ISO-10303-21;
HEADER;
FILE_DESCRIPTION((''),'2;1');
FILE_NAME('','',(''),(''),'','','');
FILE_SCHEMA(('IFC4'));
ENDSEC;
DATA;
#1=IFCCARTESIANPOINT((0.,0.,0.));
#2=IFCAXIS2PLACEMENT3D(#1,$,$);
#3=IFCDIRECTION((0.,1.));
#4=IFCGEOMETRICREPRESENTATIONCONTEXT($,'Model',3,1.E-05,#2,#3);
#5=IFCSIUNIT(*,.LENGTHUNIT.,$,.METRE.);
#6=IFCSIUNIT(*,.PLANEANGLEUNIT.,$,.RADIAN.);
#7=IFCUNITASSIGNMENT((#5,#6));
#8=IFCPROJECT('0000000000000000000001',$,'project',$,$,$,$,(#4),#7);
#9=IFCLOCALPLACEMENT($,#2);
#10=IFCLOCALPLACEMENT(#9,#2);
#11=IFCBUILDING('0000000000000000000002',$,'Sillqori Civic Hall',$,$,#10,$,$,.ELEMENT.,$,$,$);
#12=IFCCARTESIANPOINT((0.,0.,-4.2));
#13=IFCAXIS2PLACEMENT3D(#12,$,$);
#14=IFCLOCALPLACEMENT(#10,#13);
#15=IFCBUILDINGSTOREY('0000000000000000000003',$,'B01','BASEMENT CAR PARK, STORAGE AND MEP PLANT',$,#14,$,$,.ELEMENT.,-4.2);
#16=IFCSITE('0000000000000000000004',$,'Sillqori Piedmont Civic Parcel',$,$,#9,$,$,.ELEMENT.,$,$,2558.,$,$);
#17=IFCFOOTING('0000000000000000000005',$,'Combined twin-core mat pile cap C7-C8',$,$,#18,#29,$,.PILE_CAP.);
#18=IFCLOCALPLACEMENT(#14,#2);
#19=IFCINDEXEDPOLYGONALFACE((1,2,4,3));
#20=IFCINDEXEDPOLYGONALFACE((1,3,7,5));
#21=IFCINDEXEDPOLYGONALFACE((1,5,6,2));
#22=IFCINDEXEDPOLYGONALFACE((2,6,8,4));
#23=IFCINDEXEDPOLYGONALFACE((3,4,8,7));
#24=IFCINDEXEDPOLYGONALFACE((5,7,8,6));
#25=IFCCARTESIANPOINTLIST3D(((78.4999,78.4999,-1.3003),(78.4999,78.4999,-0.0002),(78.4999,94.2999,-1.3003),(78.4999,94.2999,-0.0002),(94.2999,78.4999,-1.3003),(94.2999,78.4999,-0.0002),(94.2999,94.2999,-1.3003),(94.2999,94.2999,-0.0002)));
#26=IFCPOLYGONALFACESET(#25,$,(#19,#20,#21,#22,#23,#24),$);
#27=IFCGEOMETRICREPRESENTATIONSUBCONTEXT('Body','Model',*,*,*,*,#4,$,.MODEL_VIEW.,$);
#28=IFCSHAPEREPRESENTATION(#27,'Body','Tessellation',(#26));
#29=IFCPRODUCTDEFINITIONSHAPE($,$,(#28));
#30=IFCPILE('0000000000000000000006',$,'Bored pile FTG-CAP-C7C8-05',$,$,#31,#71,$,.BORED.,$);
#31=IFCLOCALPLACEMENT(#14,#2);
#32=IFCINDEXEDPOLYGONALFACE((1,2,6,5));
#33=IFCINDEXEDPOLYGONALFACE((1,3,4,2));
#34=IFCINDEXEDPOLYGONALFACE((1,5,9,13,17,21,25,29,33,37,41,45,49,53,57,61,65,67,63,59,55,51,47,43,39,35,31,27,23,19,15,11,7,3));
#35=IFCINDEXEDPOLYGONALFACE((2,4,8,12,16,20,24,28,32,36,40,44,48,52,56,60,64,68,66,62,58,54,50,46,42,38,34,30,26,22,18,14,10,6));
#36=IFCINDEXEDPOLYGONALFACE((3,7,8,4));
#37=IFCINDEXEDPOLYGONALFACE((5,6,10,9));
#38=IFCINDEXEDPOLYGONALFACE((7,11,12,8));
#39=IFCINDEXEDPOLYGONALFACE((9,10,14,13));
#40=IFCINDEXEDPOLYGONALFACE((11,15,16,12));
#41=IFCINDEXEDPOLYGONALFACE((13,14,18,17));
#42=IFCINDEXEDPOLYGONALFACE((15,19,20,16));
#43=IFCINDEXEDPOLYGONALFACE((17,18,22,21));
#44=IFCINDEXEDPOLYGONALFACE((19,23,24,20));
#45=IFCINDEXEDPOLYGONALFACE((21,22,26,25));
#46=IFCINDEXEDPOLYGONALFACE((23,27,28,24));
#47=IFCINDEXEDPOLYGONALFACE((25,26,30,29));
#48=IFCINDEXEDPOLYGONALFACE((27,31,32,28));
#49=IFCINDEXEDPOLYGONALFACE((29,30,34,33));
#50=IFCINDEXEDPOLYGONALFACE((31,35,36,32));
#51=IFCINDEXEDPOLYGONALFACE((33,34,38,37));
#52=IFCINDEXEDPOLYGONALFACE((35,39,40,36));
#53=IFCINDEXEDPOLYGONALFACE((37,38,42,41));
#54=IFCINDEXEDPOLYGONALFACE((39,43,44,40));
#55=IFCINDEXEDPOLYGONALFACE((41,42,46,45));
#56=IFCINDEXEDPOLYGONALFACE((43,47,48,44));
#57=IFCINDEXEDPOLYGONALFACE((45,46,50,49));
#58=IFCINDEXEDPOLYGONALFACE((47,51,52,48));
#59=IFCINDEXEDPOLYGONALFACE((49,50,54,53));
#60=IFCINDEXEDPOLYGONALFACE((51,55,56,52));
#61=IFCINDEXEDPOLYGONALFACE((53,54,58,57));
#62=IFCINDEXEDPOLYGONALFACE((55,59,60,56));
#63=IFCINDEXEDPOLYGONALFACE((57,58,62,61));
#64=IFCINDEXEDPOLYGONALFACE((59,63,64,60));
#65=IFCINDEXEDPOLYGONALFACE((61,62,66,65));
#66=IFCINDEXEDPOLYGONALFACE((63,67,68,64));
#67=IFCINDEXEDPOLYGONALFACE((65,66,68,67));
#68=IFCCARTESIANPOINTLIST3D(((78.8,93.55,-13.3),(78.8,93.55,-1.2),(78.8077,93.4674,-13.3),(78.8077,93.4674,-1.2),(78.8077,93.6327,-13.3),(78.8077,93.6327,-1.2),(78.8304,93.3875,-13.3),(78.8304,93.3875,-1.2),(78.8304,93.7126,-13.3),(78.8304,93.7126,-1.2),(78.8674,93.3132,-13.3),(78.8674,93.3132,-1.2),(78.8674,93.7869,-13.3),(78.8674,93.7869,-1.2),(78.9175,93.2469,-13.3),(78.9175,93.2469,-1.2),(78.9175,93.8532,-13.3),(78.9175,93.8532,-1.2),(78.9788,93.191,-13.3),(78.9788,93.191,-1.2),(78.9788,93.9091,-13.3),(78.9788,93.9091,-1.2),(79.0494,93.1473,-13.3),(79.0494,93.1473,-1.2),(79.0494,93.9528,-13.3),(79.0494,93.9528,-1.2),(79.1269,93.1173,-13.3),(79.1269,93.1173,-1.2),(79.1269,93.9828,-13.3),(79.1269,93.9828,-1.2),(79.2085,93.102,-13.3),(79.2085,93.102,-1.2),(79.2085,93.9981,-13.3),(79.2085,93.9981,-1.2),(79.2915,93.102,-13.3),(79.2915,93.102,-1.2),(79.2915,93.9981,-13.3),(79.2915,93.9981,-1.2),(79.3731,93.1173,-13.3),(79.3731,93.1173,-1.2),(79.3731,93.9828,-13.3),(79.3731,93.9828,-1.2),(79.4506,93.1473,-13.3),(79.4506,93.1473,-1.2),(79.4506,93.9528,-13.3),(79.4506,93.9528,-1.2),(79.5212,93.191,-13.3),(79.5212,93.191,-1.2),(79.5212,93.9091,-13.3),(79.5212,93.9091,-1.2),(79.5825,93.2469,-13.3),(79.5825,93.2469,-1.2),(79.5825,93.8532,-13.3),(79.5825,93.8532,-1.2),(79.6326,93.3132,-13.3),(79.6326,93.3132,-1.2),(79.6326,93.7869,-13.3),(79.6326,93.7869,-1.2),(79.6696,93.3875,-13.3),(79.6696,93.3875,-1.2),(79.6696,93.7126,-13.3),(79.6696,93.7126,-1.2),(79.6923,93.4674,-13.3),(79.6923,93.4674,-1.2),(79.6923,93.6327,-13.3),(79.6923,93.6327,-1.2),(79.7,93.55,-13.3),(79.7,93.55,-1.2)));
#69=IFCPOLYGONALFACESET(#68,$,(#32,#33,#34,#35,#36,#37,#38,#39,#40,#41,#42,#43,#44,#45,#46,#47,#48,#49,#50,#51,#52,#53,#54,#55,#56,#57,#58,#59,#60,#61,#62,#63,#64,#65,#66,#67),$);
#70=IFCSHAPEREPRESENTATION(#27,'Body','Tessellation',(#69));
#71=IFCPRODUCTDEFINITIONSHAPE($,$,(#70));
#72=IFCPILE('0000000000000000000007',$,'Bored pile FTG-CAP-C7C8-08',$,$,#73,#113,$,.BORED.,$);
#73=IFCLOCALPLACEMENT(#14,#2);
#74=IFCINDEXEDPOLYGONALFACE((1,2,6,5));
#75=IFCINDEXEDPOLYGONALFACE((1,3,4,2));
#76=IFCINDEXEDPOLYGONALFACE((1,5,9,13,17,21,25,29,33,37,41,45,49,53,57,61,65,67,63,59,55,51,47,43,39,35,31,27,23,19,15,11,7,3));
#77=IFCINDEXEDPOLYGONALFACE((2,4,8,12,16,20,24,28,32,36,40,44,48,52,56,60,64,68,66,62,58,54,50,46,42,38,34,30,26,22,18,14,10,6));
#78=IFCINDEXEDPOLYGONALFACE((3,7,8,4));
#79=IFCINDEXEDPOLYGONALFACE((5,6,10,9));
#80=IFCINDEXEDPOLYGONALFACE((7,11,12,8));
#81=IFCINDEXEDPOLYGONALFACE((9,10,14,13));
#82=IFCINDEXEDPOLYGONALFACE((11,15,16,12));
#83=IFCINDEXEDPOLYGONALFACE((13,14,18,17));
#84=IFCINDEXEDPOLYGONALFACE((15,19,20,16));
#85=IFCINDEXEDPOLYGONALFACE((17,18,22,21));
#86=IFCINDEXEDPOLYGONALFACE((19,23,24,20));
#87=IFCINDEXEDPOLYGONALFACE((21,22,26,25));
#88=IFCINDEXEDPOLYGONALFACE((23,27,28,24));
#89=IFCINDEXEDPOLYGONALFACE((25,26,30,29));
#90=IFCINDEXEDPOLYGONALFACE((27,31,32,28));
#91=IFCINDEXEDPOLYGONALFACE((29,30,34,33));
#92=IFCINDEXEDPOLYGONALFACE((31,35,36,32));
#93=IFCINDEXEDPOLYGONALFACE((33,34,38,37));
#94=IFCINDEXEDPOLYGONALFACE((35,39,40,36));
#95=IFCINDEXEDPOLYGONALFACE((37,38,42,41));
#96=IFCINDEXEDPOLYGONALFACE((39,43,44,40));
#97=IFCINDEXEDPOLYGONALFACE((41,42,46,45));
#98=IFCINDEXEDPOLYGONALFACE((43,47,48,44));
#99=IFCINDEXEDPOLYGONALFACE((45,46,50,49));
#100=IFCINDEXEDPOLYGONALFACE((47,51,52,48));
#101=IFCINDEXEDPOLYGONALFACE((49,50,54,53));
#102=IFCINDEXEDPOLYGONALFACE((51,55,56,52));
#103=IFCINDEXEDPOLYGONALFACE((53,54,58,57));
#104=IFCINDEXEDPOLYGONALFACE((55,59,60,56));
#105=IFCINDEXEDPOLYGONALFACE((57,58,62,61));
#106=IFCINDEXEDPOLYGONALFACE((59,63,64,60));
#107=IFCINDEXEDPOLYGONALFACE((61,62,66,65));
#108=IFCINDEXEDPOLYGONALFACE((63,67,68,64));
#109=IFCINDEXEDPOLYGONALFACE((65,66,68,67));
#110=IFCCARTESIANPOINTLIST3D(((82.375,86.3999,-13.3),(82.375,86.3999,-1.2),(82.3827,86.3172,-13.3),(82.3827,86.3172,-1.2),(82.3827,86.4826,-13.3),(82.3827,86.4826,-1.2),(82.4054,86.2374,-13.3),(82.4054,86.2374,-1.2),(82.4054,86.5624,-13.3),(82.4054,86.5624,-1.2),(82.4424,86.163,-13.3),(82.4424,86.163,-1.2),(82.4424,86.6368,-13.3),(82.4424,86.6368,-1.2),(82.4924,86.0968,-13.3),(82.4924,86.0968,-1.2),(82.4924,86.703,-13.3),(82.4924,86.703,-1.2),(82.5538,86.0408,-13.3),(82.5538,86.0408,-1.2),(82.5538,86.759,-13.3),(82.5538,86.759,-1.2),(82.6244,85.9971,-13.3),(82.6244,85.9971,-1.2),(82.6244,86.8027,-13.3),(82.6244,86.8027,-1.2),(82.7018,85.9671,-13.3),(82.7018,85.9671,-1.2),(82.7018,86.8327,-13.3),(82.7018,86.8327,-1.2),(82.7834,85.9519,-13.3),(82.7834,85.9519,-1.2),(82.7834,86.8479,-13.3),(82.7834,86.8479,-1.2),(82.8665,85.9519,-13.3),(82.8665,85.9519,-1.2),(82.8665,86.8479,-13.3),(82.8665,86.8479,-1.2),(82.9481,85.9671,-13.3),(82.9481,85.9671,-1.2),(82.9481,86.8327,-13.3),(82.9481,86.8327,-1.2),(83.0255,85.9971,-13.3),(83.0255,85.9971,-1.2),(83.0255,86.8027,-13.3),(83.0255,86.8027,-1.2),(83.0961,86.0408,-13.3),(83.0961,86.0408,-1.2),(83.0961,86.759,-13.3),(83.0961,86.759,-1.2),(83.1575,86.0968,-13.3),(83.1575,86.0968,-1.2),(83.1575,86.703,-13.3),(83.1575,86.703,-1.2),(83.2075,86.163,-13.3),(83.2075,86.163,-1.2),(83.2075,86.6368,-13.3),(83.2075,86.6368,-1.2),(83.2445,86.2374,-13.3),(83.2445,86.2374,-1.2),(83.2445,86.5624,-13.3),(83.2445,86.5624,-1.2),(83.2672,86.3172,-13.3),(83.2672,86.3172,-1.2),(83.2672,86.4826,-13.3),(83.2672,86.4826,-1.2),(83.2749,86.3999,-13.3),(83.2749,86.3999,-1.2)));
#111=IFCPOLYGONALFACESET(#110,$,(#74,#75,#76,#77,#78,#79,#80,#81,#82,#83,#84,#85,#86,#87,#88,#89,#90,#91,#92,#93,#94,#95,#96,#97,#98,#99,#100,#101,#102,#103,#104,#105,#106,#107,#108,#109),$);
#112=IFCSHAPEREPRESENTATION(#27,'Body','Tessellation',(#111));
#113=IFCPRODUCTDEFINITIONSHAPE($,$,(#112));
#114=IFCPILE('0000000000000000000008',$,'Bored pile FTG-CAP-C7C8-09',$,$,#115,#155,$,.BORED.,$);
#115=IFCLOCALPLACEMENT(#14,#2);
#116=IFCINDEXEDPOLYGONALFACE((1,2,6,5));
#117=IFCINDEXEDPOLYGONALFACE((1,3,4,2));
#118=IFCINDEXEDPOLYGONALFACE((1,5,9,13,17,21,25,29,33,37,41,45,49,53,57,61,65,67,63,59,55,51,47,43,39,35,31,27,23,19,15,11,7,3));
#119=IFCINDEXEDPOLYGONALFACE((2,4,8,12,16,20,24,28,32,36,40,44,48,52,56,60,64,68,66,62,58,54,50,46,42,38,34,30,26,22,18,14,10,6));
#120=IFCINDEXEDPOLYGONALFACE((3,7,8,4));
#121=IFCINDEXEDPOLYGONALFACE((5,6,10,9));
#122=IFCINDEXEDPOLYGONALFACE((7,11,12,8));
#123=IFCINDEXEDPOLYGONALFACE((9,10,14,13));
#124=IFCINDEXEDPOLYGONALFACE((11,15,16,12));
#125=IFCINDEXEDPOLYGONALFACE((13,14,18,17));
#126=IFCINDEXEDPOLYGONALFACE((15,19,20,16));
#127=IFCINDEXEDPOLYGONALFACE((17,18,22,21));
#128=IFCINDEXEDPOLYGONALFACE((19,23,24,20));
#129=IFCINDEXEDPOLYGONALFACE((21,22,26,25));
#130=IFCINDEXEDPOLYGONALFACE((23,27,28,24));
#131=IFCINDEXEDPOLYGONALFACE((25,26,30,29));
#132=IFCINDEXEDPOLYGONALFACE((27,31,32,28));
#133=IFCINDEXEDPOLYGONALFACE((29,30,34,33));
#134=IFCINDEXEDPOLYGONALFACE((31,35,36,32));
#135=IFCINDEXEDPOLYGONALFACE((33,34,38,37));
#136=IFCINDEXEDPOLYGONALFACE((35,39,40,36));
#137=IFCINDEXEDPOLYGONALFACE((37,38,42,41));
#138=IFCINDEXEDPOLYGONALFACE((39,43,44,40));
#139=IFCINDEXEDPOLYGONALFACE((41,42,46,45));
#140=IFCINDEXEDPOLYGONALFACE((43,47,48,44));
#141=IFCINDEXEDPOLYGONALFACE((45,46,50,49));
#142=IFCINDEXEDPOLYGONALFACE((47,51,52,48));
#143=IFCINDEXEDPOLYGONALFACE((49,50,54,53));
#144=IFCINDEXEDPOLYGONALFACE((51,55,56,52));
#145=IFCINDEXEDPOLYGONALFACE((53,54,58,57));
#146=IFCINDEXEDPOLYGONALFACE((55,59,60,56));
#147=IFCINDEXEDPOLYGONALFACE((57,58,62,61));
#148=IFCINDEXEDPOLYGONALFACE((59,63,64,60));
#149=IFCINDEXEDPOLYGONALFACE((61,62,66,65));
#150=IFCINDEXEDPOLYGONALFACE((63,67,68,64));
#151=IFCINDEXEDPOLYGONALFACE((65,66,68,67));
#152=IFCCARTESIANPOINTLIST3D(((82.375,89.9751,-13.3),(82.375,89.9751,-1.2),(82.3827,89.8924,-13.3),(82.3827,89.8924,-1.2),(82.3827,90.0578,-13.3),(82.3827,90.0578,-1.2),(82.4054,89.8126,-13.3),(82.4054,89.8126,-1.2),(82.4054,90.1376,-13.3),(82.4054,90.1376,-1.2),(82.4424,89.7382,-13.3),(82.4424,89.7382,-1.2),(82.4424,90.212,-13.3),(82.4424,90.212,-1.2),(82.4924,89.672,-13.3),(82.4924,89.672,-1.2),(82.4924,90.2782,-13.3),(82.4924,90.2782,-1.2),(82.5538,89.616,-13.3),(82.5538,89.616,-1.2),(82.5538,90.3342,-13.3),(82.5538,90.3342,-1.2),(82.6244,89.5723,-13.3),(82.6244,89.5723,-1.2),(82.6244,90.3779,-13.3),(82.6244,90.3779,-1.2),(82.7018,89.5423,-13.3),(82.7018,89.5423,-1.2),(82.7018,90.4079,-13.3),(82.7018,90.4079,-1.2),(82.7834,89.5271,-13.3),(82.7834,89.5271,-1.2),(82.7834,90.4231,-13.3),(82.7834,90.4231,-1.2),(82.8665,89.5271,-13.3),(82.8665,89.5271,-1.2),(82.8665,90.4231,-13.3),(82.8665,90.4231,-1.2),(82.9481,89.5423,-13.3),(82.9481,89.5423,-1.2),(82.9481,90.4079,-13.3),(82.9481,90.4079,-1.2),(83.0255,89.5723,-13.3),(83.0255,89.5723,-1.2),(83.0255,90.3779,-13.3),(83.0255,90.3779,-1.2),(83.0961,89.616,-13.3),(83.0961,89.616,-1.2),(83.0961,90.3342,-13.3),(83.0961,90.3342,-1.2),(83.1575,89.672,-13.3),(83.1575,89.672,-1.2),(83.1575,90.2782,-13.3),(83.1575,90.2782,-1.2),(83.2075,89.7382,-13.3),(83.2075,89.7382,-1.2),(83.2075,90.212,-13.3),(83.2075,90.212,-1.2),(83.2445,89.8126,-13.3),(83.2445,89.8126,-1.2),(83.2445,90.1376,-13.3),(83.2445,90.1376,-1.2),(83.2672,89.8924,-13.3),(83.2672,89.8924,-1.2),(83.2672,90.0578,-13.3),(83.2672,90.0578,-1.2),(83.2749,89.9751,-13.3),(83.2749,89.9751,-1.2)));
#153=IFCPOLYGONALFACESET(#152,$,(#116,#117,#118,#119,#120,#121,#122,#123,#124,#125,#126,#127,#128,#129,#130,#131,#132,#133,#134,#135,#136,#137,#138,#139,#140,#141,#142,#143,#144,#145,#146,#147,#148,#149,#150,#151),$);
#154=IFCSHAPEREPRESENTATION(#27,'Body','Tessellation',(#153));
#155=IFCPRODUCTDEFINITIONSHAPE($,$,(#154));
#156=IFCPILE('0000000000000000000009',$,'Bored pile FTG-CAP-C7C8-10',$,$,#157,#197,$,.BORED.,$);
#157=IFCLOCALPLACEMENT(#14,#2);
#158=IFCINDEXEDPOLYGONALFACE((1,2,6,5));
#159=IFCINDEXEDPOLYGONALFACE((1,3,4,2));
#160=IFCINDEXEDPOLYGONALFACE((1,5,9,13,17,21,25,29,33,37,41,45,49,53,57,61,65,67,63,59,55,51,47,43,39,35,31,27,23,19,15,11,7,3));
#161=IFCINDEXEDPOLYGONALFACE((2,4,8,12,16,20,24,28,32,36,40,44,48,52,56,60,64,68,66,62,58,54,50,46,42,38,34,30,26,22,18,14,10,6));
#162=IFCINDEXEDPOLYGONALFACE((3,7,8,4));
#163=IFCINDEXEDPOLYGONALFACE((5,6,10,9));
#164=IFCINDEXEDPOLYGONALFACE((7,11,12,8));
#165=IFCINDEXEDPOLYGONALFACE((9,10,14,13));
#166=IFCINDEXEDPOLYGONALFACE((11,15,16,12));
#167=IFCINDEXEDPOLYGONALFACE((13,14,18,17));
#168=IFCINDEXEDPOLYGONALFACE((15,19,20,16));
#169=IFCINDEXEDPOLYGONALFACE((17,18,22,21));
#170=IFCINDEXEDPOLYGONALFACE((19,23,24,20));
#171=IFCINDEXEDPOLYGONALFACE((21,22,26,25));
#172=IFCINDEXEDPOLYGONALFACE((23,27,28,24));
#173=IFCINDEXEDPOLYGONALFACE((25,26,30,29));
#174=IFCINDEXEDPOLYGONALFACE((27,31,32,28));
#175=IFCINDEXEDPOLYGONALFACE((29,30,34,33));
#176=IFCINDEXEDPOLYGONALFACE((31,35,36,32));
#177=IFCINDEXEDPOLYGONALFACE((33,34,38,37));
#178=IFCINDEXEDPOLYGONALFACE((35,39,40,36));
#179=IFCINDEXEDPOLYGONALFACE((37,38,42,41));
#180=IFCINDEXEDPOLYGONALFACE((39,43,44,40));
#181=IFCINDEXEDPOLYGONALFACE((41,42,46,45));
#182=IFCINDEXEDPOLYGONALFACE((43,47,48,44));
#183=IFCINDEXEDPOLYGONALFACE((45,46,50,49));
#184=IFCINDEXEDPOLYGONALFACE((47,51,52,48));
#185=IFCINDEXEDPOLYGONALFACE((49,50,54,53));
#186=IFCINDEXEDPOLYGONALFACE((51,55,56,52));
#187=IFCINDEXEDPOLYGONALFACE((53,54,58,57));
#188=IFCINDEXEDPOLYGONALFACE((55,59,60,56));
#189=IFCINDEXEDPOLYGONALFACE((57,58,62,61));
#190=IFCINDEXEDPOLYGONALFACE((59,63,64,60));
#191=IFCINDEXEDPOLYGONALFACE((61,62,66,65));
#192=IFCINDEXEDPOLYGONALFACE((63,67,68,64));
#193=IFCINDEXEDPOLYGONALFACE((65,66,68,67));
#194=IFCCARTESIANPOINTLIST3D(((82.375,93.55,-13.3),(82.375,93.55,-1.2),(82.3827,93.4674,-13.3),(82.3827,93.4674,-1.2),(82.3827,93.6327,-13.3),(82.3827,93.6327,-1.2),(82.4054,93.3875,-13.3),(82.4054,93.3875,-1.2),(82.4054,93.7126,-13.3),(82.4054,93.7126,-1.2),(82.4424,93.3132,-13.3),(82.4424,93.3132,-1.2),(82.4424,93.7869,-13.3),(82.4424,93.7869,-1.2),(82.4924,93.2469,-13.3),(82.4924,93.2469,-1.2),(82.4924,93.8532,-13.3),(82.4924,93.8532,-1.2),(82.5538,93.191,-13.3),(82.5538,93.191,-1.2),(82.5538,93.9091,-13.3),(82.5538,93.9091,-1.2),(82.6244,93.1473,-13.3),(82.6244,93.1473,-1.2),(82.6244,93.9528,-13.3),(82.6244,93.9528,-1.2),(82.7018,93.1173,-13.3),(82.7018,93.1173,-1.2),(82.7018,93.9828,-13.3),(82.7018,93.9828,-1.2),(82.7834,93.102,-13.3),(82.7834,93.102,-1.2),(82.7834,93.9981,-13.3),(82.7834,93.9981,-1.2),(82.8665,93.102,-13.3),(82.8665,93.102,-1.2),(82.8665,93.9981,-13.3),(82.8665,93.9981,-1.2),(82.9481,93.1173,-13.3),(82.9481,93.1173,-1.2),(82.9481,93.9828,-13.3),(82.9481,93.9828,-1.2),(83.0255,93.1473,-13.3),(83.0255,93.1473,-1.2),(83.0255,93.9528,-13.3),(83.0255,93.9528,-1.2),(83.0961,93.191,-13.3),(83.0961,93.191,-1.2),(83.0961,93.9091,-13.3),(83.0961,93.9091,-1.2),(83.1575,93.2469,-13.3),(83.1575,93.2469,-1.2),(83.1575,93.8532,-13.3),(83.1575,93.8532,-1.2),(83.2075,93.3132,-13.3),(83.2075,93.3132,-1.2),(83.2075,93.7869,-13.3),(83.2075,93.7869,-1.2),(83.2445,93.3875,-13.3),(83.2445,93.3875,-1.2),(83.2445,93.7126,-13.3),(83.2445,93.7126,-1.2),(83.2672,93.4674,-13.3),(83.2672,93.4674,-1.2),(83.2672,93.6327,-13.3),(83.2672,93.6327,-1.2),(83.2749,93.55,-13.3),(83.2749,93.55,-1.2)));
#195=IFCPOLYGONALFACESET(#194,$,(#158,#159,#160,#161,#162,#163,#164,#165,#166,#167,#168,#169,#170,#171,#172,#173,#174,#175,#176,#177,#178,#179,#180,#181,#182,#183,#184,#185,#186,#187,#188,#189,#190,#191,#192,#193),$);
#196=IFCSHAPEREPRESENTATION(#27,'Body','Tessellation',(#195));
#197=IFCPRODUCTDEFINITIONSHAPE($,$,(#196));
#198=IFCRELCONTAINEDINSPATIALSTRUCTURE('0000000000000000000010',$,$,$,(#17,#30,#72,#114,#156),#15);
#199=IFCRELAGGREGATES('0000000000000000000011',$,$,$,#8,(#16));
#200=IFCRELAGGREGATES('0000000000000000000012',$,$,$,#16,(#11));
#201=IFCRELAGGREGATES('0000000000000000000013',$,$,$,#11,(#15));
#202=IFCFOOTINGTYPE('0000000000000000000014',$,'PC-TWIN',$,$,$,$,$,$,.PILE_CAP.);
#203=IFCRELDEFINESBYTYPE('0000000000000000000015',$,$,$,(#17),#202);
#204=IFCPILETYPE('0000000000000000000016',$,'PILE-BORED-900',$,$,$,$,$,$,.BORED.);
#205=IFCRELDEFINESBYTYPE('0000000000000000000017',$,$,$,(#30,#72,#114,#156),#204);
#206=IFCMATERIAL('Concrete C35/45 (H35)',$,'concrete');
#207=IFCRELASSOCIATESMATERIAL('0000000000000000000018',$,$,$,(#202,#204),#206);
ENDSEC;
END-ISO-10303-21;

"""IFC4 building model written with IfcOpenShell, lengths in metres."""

from ifc_helpers import new_model, si_unit, direction, frame, origin, origin_2d, place, context, subcontext, project, spatial, rectangle, circle, extrude, material, material_profile, profile_set, type_object, element, save


model = new_model("IFC4")

# Units and contexts
model_context = context("Model", 3, precision=1e-05, world=origin(), true_north=direction((0.0, 1.0)))
body_context = subcontext(model_context, "Body", "Model", "MODEL_VIEW")
ifc_project = project(units=[si_unit("LENGTHUNIT", "METRE"), si_unit("PLANEANGLEUNIT", "RADIAN")], contexts=[model_context])

# Site, building, storey
site_placement = place(None, origin())
site = spatial("IfcSite", under=ifc_project, at=site_placement, Name="Sillqori Piedmont Civic Parcel", CompositionType="ELEMENT", RefElevation=2558.0)
building_placement = place(site_placement, origin())
building = spatial("IfcBuilding", under=site, at=building_placement, Name="Sillqori Civic Hall", CompositionType="ELEMENT")
storey_placement = place(building_placement, frame((0.0, 0.0, -4.2)))
storey = spatial("IfcBuildingStorey", under=building, at=storey_placement, Name="B01", Description="BASEMENT CAR PARK, STORAGE AND MEP PLANT", CompositionType="ELEMENT", Elevation=-4.2)

# Footing
ifc_material_1 = material(Name="Concrete C35/45 (H35)", Category="concrete")
footing_type = type_object("IfcFootingType", Name="PC-TWIN", PredefinedType="PILE_CAP", material=ifc_material_1)
footing_placement = place(storey_placement, frame((86.3999, 86.3999, -1.3003), z_axis=(0.0, 0.0, 1.0), x_axis=(1.0, 0.0, 0.0)))
element("IfcFooting", 1, at=footing_placement, inside=storey, type_object=footing_type, Name="Combined twin-core mat pile cap C7-C8", PredefinedType="PILE_CAP", context=body_context, shape_type="SweptSolid", body=[
    extrude(rectangle(XDim=15.8, YDim=15.8, at=origin_2d()), origin(), (0.0, 0.0, 1.0), 1.3),
])

# Piles
ifc_material_profile_1 = material_profile(ifc_material_1, circle(Radius=0.45, at=origin_2d()), Name="BORED PILE 900")
ifc_profile_set_1 = profile_set([ifc_material_profile_1], Name="Concrete C35/45 (H35)")
pile_type = type_object("IfcPileType", Name="PILE-BORED-900", PredefinedType="BORED", material=ifc_profile_set_1)
for number, where, z_axis, x_axis, name in (
    (2, (79.25, 93.55, -1.2), (0.0, 0.0, -1.0), (1.0, 0.0, 0.0), "Bored pile FTG-CAP-C7C8-05"),
    (3, (82.825, 86.3999, -1.2), (0.0, 0.0, -1.0), (1.0, 0.0, 0.0), "Bored pile FTG-CAP-C7C8-08"),
    (4, (82.825, 89.9751, -1.2), (0.0, 0.0, -1.0), (1.0, 0.0, 0.0), "Bored pile FTG-CAP-C7C8-09"),
    (5, (82.825, 93.55, -1.2), (0.0, 0.0, -1.0), (1.0, 0.0, 0.0), "Bored pile FTG-CAP-C7C8-10"),
):
    element("IfcPile", number, at=place(storey_placement, frame(where, z_axis=z_axis, x_axis=x_axis)), inside=storey, type_object=pile_type, Name=name, PredefinedType="BORED", context=body_context, shape_type="SweptSolid", body=[
        extrude(circle(Radius=0.45, at=origin_2d()), origin(), (0.0, 0.0, 1.0), 12.1001),
    ])

save(model, "model.ifc")
